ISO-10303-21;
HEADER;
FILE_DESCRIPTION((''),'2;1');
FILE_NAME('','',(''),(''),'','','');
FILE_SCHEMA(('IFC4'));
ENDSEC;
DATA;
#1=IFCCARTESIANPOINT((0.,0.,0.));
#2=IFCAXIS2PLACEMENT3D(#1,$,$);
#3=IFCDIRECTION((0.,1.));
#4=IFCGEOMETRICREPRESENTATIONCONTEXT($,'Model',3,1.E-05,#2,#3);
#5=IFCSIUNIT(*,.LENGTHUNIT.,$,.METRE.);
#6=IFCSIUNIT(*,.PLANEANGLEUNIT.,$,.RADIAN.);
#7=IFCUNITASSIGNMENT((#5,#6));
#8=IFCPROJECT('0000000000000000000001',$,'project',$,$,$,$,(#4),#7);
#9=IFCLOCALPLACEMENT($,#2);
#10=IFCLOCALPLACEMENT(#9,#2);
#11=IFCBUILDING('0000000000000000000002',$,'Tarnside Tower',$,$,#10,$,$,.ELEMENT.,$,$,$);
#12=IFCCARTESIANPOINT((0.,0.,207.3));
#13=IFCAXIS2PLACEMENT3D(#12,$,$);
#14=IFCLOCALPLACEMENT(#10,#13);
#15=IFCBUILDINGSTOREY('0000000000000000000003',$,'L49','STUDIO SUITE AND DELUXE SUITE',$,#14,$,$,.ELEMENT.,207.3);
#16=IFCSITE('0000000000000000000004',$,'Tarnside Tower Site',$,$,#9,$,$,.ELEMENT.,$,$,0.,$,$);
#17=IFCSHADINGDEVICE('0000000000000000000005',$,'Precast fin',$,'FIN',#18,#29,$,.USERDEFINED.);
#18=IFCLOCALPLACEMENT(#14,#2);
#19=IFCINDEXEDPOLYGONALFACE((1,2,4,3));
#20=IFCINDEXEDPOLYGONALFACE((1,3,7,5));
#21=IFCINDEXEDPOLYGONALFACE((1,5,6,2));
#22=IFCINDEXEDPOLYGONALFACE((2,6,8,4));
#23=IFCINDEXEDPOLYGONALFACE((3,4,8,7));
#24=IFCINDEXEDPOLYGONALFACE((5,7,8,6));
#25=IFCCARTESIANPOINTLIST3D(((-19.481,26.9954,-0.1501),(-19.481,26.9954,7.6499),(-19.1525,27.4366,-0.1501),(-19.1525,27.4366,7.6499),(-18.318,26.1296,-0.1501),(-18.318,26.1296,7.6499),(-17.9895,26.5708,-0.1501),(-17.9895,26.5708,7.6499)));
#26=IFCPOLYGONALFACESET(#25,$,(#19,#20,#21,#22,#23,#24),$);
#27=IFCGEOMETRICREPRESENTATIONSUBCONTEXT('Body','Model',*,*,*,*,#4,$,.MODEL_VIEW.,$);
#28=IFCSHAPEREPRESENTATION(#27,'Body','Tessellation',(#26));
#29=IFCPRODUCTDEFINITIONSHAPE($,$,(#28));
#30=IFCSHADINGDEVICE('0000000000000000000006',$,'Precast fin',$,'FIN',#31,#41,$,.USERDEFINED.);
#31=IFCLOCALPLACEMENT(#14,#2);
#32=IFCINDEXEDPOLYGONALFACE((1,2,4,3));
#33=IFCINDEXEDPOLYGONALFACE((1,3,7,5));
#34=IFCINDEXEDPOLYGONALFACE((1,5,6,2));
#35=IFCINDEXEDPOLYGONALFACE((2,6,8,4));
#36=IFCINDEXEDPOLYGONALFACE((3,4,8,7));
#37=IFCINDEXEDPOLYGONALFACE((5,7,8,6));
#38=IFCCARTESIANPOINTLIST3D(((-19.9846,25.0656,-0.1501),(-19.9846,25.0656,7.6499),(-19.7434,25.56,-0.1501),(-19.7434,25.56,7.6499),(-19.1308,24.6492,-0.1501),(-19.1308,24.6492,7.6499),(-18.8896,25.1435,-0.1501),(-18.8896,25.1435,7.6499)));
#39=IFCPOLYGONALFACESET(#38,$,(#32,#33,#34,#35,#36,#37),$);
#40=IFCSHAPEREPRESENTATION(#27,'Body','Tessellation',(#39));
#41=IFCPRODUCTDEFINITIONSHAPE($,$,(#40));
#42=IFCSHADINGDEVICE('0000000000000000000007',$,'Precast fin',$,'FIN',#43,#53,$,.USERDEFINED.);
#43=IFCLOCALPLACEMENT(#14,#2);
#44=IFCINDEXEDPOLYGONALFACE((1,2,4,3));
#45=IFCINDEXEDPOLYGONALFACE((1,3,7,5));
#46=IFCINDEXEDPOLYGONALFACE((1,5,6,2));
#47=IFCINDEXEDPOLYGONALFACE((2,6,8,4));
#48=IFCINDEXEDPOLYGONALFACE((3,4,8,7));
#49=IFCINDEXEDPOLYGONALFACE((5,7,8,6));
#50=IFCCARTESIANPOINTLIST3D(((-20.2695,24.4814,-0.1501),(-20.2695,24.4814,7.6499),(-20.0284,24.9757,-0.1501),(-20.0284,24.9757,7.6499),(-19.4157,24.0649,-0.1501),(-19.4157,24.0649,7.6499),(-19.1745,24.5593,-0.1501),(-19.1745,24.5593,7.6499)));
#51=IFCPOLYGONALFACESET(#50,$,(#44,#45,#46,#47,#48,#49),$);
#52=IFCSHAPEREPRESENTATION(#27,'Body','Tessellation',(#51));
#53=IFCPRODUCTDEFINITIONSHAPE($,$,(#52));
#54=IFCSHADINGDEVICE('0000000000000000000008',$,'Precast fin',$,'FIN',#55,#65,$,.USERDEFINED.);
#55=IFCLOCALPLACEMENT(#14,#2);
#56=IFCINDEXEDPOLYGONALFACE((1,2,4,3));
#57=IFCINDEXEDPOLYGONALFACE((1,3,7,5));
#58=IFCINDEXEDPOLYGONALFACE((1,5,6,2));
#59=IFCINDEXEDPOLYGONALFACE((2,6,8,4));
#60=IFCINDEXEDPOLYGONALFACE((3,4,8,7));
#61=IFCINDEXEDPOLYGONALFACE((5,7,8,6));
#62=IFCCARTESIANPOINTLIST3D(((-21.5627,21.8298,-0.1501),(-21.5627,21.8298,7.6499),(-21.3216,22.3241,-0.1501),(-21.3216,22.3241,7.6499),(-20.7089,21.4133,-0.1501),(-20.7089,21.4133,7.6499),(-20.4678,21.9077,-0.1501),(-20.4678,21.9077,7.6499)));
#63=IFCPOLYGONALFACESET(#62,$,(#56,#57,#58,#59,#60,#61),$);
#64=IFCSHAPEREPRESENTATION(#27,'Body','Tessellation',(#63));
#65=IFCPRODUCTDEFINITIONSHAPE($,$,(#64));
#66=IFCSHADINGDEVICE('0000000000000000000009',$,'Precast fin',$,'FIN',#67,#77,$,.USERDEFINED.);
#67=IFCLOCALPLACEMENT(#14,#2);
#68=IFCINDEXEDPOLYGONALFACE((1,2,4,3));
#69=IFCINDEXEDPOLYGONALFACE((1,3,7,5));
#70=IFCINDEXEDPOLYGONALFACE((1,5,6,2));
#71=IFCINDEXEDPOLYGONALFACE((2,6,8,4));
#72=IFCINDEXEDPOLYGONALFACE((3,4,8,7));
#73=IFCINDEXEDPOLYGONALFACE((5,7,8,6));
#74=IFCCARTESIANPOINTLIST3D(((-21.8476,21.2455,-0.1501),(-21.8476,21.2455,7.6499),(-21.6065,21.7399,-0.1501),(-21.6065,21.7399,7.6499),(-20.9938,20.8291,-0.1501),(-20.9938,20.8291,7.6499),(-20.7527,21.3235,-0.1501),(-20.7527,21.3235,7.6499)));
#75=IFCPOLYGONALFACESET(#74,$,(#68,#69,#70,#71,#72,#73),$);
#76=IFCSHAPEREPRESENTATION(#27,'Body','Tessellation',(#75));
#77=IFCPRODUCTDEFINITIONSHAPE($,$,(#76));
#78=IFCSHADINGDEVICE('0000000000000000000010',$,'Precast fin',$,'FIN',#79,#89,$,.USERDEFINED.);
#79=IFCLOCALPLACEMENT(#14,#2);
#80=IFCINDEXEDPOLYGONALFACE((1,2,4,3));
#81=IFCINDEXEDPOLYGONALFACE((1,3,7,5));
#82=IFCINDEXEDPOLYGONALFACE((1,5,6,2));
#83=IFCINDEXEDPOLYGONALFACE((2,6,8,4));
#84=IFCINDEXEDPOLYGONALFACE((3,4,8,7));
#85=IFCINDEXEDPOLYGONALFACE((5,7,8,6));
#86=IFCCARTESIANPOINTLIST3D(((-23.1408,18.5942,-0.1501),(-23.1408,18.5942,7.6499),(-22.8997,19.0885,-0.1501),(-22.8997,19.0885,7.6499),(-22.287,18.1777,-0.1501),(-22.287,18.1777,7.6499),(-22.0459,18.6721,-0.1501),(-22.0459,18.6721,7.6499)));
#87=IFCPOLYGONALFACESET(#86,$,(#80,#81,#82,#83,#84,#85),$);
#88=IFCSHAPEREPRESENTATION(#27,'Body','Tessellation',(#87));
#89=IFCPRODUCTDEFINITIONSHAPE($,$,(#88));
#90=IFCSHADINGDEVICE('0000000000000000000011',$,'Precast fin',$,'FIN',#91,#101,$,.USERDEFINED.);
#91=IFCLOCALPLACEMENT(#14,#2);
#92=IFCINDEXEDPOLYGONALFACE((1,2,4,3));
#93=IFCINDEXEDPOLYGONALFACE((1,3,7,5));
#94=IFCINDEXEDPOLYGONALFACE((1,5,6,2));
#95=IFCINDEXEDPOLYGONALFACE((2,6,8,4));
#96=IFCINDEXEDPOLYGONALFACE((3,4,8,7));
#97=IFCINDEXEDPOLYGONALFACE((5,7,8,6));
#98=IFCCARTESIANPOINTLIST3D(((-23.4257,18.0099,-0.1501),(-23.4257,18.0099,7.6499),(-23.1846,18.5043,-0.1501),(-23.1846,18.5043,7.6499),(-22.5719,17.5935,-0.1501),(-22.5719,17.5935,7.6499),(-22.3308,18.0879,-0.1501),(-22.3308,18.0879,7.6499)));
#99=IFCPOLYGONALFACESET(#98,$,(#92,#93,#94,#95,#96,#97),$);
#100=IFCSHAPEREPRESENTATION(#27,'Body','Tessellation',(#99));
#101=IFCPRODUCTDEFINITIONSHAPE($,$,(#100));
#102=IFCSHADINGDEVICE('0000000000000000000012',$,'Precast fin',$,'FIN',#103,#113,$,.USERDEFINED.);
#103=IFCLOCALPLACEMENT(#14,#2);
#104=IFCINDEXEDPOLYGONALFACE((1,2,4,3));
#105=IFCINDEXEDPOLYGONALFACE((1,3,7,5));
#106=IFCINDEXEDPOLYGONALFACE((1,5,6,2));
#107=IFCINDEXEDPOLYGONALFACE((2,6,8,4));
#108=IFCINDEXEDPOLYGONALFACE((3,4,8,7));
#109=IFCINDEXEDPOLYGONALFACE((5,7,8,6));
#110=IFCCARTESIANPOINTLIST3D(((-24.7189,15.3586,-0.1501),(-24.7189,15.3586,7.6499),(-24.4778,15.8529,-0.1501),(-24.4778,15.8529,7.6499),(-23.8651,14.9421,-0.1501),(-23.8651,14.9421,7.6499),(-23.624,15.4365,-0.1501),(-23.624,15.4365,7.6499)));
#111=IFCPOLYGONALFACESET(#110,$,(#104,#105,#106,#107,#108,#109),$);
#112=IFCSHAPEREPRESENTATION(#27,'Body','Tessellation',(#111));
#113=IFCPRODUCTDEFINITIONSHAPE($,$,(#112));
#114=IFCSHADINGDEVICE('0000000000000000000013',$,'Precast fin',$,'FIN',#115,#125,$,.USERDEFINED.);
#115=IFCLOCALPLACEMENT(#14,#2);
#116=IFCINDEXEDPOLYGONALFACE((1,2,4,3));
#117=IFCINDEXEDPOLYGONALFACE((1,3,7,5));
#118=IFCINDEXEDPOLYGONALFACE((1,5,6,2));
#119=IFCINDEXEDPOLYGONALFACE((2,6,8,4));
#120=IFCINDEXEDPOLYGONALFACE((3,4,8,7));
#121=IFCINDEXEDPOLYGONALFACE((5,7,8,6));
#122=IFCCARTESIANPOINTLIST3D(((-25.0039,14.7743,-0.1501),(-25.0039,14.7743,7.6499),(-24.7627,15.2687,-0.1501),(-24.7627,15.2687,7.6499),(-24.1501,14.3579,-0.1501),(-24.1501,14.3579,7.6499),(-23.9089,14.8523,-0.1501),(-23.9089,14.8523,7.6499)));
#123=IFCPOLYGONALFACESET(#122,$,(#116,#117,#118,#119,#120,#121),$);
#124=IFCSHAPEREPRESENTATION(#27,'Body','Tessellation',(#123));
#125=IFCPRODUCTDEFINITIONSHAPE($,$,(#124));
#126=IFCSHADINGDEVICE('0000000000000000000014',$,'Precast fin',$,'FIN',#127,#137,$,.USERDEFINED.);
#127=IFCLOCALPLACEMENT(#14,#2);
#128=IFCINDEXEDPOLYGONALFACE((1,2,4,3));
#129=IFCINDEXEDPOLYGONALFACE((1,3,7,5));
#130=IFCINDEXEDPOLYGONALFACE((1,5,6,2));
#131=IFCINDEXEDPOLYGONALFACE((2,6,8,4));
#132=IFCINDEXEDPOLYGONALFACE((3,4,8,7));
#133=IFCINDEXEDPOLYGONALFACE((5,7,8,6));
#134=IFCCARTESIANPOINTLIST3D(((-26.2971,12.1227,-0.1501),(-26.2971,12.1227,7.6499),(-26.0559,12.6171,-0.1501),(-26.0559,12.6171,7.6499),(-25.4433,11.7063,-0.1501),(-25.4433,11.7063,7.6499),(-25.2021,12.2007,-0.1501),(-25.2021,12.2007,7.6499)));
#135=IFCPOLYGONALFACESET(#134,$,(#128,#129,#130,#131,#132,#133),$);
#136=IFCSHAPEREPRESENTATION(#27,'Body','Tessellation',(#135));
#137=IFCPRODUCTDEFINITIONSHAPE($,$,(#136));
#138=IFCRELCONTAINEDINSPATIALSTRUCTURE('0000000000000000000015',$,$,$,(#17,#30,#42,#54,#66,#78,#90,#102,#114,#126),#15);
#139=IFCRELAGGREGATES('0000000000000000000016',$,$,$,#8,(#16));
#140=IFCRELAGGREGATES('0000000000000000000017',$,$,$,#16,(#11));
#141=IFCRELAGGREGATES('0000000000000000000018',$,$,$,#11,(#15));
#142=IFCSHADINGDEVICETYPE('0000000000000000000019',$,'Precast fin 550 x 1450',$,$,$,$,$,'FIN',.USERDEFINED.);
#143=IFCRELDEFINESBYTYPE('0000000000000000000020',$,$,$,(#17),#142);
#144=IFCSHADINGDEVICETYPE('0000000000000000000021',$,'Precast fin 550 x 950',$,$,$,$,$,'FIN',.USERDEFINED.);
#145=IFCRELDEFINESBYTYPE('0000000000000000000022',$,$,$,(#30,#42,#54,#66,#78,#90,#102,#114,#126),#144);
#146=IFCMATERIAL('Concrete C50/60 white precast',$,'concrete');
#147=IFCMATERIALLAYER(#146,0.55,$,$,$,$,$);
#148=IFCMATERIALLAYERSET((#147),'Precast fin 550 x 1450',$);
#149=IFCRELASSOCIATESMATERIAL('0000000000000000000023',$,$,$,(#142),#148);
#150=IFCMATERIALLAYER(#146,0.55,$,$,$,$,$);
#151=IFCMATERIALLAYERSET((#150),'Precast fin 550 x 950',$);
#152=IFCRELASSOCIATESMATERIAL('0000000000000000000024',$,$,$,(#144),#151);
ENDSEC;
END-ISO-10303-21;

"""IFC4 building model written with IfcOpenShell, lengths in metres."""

from ifc_helpers import new_model, si_unit, direction, frame, origin, place, context, subcontext, project, spatial, polyline, outline, extrude, material, layer, layer_set, type_object, element, save


model = new_model("IFC4")

# Units and contexts
model_context = context("Model", 3, precision=1e-05, world=origin(), true_north=direction((0.0, 1.0)))
body_context = subcontext(model_context, "Body", "Model", "MODEL_VIEW")
ifc_project = project(units=[si_unit("LENGTHUNIT", "METRE"), si_unit("PLANEANGLEUNIT", "RADIAN")], contexts=[model_context])

# Site, building, storey
site_placement = place(None, origin())
site = spatial("IfcSite", under=ifc_project, at=site_placement, Name="Tarnside Tower Site", CompositionType="ELEMENT", RefElevation=0.0)
building_placement = place(site_placement, origin())
building = spatial("IfcBuilding", under=site, at=building_placement, Name="Tarnside Tower", CompositionType="ELEMENT")
storey_placement = place(building_placement, frame((0.0, 0.0, 207.3)))
storey = spatial("IfcBuildingStorey", under=building, at=storey_placement, Name="L49", Description="STUDIO SUITE AND DELUXE SUITE", CompositionType="ELEMENT", Elevation=207.3)

# Shading devices
ifc_material_1 = material(Name="Concrete C50/60 white precast", Category="concrete")
ifc_layer_1 = layer(ifc_material_1, 0.55)
ifc_layer_set_1 = layer_set([ifc_layer_1], Name="Precast fin 550 x 1450")
shading_device_type_1 = type_object("IfcShadingDeviceType", Name="Precast fin 550 x 1450", ElementType="FIN", PredefinedType="USERDEFINED", material=ifc_layer_set_1)
for number, where, z_axis, x_axis, name in (
    (1, (-18.1538, 26.3501, -0.1501), (0.597159, 0.802123, 0.0), (-0.802123, 0.597159, 0.0), "Precast fin"),
):
    element("IfcShadingDevice", number, at=place(storey_placement, frame(where, z_axis=z_axis, x_axis=x_axis)), inside=storey, type_object=shading_device_type_1, Name=name, ObjectType="FIN", PredefinedType="USERDEFINED", context=body_context, shape_type="SweptSolid", body=[
        extrude(outline(polyline([(0.0, 0.0), (1.45, 0.0), (1.45, 7.8), (0.0, 7.8), (0.0, 0.0)])), frame((0.0, 0.0, -0.2749)), (0.0, 0.0, 1.0), 0.55),
    ])
ifc_layer_2 = layer(ifc_material_1, 0.55)
ifc_layer_set_2 = layer_set([ifc_layer_2], Name="Precast fin 550 x 950")
shading_device_type_2 = type_object("IfcShadingDeviceType", Name="Precast fin 550 x 950", ElementType="FIN", PredefinedType="USERDEFINED", material=ifc_layer_set_2)
for number, where, z_axis, x_axis, name in (
    (2, (-19.0103, 24.8962, -0.1501), (0.438371, 0.898794, 0.0), (-0.898794, 0.438371, 0.0), "Precast fin"),
    (3, (-19.2952, 24.312, -0.1501), (0.438371, 0.898794, 0.0), (-0.898794, 0.438371, 0.0), "Precast fin"),
    (4, (-20.5884, 21.6604, -0.1501), (0.438371, 0.898794, 0.0), (-0.898794, 0.438371, 0.0), "Precast fin"),
    (5, (-20.8733, 21.0762, -0.1501), (0.438371, 0.898794, 0.0), (-0.898794, 0.438371, 0.0), "Precast fin"),
    (6, (-22.1665, 18.4248, -0.1501), (0.438371, 0.898794, 0.0), (-0.898794, 0.438371, 0.0), "Precast fin"),
    (7, (-22.4514, 17.8406, -0.1501), (0.438371, 0.898794, 0.0), (-0.898794, 0.438371, 0.0), "Precast fin"),
    (8, (-23.7446, 15.1892, -0.1501), (0.438371, 0.898794, 0.0), (-0.898794, 0.438371, 0.0), "Precast fin"),
    (9, (-24.0295, 14.605, -0.1501), (0.438371, 0.898794, 0.0), (-0.898794, 0.438371, 0.0), "Precast fin"),
    (10, (-25.3228, 11.9534, -0.1501), (0.438371, 0.898794, 0.0), (-0.898794, 0.438371, 0.0), "Precast fin"),
):
    element("IfcShadingDevice", number, at=place(storey_placement, frame(where, z_axis=z_axis, x_axis=x_axis)), inside=storey, type_object=shading_device_type_2, Name=name, ObjectType="FIN", PredefinedType="USERDEFINED", context=body_context, shape_type="SweptSolid", body=[
        extrude(outline(polyline([(0.0, 0.0), (0.95, 0.0), (0.95, 7.8), (0.0, 7.8), (0.0, 0.0)])), frame((0.0, 0.0, -0.2749)), (0.0, 0.0, 1.0), 0.55),
    ])

save(model, "model.ifc")
